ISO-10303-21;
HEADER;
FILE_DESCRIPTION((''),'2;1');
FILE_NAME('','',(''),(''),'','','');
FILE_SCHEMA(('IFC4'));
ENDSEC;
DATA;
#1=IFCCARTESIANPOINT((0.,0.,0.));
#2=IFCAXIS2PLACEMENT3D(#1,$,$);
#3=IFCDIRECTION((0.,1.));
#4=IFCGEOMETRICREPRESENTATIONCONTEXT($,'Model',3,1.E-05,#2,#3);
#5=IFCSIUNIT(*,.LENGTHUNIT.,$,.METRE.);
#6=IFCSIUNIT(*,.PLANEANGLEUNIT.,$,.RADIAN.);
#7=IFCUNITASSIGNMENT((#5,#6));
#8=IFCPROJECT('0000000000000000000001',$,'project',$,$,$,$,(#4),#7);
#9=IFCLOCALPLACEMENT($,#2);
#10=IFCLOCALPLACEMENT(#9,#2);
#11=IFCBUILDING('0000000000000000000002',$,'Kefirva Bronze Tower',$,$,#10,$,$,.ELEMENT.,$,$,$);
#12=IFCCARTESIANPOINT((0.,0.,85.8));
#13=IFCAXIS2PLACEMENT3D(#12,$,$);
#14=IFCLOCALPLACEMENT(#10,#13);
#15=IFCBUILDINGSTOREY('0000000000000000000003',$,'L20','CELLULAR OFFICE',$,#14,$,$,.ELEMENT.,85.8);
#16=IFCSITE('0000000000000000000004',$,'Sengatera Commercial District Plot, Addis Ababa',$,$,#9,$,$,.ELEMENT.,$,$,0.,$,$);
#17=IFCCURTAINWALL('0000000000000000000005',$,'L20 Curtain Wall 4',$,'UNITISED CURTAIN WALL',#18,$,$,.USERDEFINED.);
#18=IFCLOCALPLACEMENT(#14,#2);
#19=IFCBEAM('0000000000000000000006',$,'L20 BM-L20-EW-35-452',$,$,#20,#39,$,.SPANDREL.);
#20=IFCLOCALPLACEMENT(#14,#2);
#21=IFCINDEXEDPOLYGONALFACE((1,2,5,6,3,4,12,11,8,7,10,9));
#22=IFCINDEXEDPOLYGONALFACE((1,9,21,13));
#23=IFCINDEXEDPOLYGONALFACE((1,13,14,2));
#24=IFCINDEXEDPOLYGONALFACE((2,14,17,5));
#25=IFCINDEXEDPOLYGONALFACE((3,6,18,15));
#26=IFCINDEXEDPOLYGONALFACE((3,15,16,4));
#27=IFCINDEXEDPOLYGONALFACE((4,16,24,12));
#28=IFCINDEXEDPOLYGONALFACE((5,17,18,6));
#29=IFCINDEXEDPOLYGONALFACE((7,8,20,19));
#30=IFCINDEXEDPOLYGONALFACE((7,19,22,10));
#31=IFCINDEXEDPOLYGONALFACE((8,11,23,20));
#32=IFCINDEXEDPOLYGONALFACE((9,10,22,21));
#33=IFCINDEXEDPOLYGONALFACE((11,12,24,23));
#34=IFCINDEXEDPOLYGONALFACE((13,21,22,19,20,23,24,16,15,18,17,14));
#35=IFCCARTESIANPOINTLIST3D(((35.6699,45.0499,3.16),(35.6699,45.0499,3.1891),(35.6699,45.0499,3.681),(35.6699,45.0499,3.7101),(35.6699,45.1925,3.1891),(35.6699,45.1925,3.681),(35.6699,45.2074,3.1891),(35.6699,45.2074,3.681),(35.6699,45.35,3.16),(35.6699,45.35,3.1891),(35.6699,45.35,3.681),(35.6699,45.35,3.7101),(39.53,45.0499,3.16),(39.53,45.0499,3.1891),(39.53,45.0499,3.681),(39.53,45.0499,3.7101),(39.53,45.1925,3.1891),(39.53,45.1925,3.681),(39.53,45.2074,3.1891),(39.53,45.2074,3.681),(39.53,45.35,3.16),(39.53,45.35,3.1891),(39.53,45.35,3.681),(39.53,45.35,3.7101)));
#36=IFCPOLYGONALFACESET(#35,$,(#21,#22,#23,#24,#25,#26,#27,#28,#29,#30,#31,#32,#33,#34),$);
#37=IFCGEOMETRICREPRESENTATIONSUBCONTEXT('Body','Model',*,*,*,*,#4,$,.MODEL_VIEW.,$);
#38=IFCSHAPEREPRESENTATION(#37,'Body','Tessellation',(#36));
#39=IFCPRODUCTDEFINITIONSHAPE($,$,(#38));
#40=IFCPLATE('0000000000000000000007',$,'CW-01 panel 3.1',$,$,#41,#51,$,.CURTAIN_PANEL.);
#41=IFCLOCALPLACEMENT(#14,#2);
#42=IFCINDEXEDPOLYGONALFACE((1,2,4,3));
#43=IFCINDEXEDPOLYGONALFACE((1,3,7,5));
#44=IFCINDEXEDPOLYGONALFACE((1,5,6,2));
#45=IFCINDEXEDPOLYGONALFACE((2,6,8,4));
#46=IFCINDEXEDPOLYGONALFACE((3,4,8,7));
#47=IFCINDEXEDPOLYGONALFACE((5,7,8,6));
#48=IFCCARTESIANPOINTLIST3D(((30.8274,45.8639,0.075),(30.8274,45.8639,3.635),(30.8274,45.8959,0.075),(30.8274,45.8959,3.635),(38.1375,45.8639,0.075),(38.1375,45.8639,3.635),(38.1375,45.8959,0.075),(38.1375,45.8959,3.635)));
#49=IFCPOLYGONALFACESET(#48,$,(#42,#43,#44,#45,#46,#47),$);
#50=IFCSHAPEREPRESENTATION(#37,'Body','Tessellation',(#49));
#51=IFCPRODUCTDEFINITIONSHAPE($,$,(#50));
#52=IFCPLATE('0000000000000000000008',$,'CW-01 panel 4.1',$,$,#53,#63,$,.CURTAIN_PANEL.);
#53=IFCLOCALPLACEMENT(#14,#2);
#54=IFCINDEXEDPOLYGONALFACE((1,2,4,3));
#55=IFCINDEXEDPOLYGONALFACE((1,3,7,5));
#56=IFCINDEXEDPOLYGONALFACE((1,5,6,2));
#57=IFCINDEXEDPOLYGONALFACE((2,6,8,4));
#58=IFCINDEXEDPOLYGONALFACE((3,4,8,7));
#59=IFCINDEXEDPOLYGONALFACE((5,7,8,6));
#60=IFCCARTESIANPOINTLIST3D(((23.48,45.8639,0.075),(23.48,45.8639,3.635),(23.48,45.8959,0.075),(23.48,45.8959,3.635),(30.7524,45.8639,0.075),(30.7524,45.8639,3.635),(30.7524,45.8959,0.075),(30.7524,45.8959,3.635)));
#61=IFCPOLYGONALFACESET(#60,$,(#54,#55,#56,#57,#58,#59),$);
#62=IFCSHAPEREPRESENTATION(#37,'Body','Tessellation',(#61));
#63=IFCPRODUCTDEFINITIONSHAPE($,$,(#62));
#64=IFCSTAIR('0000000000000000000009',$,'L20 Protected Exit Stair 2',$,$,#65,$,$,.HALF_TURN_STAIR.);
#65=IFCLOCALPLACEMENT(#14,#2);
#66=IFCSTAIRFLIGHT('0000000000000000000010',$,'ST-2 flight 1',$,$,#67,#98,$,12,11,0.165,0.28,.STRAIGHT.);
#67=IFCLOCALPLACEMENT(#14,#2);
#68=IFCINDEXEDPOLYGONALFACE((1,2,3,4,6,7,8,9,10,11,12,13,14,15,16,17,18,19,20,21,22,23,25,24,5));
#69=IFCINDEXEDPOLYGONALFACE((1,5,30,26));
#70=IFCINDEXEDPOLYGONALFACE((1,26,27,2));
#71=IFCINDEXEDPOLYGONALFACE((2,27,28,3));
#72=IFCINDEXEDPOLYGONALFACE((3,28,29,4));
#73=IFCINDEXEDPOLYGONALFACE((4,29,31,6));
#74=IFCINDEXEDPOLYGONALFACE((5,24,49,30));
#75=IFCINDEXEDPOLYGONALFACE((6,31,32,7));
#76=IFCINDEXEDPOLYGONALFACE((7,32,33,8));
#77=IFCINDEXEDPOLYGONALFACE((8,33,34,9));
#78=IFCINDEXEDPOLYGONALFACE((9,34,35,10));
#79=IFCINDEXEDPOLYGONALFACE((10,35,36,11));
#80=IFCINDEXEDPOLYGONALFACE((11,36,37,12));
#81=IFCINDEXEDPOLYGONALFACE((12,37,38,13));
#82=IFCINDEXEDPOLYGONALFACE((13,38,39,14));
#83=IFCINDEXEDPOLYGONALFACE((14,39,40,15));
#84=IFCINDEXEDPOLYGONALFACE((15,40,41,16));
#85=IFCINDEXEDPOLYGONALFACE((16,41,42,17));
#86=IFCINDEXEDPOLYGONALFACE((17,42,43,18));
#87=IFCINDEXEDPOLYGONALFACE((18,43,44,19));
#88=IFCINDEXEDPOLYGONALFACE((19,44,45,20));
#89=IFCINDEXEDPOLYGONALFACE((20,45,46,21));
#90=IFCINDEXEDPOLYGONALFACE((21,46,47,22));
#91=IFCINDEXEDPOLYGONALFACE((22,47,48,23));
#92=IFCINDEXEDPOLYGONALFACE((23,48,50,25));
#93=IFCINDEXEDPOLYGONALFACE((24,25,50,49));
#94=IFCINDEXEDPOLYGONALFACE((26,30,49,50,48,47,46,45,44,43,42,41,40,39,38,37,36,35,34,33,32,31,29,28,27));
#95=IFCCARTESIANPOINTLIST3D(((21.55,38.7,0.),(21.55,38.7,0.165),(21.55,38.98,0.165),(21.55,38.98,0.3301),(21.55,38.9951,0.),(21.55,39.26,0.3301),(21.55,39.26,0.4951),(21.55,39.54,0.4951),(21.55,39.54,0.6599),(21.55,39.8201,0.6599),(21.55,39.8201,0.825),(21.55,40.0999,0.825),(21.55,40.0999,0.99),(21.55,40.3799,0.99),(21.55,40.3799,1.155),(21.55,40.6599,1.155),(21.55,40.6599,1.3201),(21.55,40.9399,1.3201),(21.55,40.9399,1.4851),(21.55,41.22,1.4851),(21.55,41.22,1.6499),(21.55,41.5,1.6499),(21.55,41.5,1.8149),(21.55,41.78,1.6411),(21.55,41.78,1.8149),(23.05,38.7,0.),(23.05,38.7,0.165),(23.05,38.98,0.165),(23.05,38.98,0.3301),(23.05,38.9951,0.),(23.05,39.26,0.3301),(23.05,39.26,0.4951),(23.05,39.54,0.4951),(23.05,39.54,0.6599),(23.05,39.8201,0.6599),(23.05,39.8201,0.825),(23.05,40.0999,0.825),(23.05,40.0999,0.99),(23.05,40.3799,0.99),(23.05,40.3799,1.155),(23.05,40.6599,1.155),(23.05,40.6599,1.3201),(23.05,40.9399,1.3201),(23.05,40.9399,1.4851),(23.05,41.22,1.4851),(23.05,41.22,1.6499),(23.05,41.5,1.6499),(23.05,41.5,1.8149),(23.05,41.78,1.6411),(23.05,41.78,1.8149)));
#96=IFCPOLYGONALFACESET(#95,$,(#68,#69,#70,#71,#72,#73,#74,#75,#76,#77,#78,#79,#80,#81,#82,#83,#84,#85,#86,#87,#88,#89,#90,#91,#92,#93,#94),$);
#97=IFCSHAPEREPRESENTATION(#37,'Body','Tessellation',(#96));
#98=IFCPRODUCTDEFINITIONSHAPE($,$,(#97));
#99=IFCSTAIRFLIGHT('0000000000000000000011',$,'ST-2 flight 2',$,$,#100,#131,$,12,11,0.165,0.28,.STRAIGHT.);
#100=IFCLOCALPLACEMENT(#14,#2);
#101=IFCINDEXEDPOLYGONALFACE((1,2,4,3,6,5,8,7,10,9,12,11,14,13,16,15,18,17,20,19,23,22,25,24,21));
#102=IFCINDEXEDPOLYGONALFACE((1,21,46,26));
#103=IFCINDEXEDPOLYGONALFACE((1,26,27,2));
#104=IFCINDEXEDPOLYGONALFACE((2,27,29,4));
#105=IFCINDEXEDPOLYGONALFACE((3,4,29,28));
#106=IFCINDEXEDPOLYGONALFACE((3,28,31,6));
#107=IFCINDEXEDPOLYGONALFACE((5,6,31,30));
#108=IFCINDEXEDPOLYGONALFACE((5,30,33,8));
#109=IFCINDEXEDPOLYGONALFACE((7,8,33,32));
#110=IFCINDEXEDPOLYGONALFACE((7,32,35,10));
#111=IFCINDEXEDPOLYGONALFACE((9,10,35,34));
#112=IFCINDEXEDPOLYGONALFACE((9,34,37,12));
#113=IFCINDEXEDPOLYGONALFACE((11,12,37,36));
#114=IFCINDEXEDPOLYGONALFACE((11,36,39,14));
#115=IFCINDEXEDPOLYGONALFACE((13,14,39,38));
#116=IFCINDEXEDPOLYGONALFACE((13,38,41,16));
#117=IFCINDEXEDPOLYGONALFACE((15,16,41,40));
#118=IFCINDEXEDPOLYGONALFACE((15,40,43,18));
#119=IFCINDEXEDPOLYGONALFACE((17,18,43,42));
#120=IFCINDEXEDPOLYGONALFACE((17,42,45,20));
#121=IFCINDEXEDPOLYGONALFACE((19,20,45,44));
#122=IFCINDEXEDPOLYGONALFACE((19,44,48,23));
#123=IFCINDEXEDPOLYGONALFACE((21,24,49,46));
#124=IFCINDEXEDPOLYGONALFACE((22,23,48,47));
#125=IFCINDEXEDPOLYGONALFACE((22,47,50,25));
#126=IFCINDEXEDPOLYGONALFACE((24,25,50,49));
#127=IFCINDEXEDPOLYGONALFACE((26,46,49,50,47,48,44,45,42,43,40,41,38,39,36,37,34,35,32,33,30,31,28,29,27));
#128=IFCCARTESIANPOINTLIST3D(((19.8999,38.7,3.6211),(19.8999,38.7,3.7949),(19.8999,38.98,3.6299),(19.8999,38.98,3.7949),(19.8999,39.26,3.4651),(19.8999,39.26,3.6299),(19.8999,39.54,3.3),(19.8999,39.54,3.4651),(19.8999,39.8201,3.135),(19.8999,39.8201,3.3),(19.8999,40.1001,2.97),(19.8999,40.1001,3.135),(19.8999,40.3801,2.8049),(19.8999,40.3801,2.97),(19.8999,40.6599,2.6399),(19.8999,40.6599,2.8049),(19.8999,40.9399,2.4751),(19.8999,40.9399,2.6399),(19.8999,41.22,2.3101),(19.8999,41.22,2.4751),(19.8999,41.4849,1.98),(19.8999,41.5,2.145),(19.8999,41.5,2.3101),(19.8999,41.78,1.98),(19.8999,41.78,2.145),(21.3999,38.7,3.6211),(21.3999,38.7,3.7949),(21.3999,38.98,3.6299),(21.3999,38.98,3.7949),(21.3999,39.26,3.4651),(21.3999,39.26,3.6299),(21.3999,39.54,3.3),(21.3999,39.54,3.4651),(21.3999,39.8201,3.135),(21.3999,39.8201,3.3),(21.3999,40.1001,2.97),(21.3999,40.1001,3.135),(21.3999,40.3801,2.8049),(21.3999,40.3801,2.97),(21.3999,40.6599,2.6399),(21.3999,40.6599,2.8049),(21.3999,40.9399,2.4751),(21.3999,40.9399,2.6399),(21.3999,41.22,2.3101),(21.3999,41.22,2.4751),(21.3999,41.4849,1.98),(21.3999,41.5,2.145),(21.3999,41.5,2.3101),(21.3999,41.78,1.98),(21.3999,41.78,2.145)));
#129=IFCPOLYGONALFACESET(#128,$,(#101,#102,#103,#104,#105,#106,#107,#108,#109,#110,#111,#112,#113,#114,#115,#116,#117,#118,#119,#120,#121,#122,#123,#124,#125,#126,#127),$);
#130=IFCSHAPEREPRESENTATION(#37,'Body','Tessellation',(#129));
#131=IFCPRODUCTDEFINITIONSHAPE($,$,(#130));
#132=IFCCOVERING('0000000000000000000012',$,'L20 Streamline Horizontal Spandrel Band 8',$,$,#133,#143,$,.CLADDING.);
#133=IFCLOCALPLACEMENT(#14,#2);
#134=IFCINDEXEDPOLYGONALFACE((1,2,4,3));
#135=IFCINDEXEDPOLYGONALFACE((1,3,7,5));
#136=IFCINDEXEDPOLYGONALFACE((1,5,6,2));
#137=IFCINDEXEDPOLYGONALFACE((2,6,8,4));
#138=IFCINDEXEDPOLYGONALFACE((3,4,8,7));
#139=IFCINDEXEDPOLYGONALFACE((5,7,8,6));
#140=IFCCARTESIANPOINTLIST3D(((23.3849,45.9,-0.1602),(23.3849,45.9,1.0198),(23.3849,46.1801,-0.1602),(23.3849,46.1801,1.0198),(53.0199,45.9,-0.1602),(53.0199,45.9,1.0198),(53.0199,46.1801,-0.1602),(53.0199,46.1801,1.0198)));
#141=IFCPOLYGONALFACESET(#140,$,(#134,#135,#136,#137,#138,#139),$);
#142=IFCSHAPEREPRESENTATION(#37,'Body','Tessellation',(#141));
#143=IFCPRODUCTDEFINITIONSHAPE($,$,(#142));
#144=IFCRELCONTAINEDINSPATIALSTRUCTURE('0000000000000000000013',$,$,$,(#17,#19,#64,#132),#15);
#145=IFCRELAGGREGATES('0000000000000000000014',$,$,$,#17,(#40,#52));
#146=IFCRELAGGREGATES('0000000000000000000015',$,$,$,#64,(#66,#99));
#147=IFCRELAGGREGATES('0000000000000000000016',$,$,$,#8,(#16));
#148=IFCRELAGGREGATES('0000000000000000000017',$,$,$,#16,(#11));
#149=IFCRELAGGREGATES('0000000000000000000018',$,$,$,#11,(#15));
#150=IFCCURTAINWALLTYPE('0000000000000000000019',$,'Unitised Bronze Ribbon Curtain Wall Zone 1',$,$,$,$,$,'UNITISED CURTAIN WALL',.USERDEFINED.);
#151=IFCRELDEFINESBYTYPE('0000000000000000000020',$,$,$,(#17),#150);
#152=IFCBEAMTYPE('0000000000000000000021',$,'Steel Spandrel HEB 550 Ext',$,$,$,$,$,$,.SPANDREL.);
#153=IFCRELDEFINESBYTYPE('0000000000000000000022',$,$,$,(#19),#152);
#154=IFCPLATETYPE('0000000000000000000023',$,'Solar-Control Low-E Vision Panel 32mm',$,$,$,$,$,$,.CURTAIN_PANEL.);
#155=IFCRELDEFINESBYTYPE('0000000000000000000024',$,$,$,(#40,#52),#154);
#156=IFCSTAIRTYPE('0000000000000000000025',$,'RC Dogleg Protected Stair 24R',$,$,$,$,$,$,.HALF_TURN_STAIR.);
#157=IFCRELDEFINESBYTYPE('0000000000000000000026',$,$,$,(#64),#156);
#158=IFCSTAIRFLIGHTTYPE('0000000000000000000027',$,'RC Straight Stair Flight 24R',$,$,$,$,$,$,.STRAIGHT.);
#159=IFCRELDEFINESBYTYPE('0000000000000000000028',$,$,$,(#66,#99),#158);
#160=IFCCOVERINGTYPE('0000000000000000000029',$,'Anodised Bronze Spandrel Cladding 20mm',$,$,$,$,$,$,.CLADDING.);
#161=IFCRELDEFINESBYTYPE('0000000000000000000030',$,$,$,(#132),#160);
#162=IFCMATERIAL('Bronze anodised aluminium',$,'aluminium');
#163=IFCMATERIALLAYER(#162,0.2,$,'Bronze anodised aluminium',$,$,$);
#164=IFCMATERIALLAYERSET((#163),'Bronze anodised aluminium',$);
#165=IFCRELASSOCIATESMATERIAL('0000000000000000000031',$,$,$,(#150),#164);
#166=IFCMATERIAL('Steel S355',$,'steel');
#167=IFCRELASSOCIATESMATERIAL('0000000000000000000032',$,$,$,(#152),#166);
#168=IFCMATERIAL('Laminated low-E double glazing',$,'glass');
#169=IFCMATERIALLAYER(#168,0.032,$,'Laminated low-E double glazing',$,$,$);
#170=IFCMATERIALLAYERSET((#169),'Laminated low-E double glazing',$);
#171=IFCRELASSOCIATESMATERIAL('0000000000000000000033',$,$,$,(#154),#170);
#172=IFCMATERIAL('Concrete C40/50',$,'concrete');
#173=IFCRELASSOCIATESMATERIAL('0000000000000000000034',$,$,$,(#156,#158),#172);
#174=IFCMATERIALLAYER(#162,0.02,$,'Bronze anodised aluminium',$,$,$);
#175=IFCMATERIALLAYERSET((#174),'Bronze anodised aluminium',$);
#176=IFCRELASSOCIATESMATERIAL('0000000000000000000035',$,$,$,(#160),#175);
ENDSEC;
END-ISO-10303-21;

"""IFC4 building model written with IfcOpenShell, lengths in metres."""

from ifc_helpers import new_model, si_unit, direction, frame, origin, origin_2d, place, context, subcontext, project, spatial, polyline, rectangle, i_section, outline, extrude, material, layer, layer_set, material_profile, profile_set, type_object, element, aggregate, save


model = new_model("IFC4")

# Units and contexts
model_context = context("Model", 3, precision=1e-05, world=origin(), true_north=direction((0.0, 1.0)))
body_context = subcontext(model_context, "Body", "Model", "MODEL_VIEW")
ifc_project = project(units=[si_unit("LENGTHUNIT", "METRE"), si_unit("PLANEANGLEUNIT", "RADIAN")], contexts=[model_context])

# Site, building, storey
site_placement = place(None, origin())
site = spatial("IfcSite", under=ifc_project, at=site_placement, Name="Sengatera Commercial District Plot, Addis Ababa", CompositionType="ELEMENT", RefElevation=0.0)
building_placement = place(site_placement, origin())
building = spatial("IfcBuilding", under=site, at=building_placement, Name="Kefirva Bronze Tower", CompositionType="ELEMENT")
storey_placement = place(building_placement, frame((0.0, 0.0, 85.8)))
storey = spatial("IfcBuildingStorey", under=building, at=storey_placement, Name="L20", Description="CELLULAR OFFICE", CompositionType="ELEMENT", Elevation=85.8)

# Curtain wall
ifc_material_1 = material(Name="Bronze anodised aluminium", Category="aluminium")
ifc_layer_1 = layer(ifc_material_1, 0.2, Name="Bronze anodised aluminium")
ifc_layer_set_1 = layer_set([ifc_layer_1], Name="Bronze anodised aluminium")
curtain_wall_type = type_object("IfcCurtainWallType", Name="Unitised Bronze Ribbon Curtain Wall Zone 1", ElementType="UNITISED CURTAIN WALL", PredefinedType="USERDEFINED", material=ifc_layer_set_1)
curtain_wall_placement = place(storey_placement, origin())
curtain_wall = element("IfcCurtainWall", 1, at=curtain_wall_placement, inside=storey, type_object=curtain_wall_type, Name="L20 Curtain Wall 4", ObjectType="UNITISED CURTAIN WALL", PredefinedType="USERDEFINED")

# Beam
ifc_material_2 = material(Name="Steel S355", Category="steel")
ifc_material_profile_1 = material_profile(ifc_material_2, i_section(OverallWidth=0.3, OverallDepth=0.55, WebThickness=0.0149, FlangeThickness=0.0291, at=origin_2d()), Name="HEB 550")
ifc_profile_set_1 = profile_set([ifc_material_profile_1], Name="Steel S355")
beam_type_1 = type_object("IfcBeamType", Name="Steel Spandrel HEB 550 Ext", PredefinedType="SPANDREL", material=ifc_profile_set_1)
beam_1_placement = place(storey_placement, frame((35.6699, 45.2, 3.4351), z_axis=(1.0, 0.0, 0.0), x_axis=(0.0, 1.0, 0.0)))
element("IfcBeam", 2, at=beam_1_placement, inside=storey, type_object=beam_type_1, Name="L20 BM-L20-EW-35-452", PredefinedType="SPANDREL", context=body_context, shape_type="SweptSolid", body=[
    extrude(i_section(OverallWidth=0.3, OverallDepth=0.55, WebThickness=0.0149, FlangeThickness=0.0291, at=origin_2d()), origin(), (0.0, 0.0, 1.0), 3.8601),
])

# Plates
ifc_material_3 = material(Name="Laminated low-E double glazing", Category="glass")
ifc_layer_2 = layer(ifc_material_3, 0.032, Name="Laminated low-E double glazing")
ifc_layer_set_2 = layer_set([ifc_layer_2], Name="Laminated low-E double glazing")
plate_type = type_object("IfcPlateType", Name="Solar-Control Low-E Vision Panel 32mm", PredefinedType="CURTAIN_PANEL", material=ifc_layer_set_2)
plate_1_placement = place(storey_placement, frame((34.4824, 45.8799, 0.075), z_axis=(0.0, 0.0, 1.0), x_axis=(-1.0, 0.0, 0.0)))
plate_1 = element("IfcPlate", 3, at=plate_1_placement, type_object=plate_type, Name="CW-01 panel 3.1", PredefinedType="CURTAIN_PANEL", context=body_context, shape_type="SweptSolid", body=[
    extrude(rectangle(XDim=7.3101, YDim=0.032, at=origin_2d()), origin(), (0.0, 0.0, 1.0), 3.5601),
])
plate_2_placement = place(storey_placement, frame((27.1162, 45.8799, 0.075), z_axis=(0.0, 0.0, 1.0), x_axis=(-1.0, 0.0, 0.0)))
plate_2 = element("IfcPlate", 4, at=plate_2_placement, type_object=plate_type, Name="CW-01 panel 4.1", PredefinedType="CURTAIN_PANEL", context=body_context, shape_type="SweptSolid", body=[
    extrude(rectangle(XDim=7.2725, YDim=0.032, at=origin_2d()), origin(), (0.0, 0.0, 1.0), 3.5601),
])
aggregate(curtain_wall, [plate_1, plate_2])

# Stair, stair flights
ifc_material_4 = material(Name="Concrete C40/50", Category="concrete")
stair_type = type_object("IfcStairType", Name="RC Dogleg Protected Stair 24R", PredefinedType="HALF_TURN_STAIR", material=ifc_material_4)
stair_placement = place(storey_placement, origin())
stair = element("IfcStair", 5, at=stair_placement, inside=storey, type_object=stair_type, Name="L20 Protected Exit Stair 2", PredefinedType="HALF_TURN_STAIR")
stair_flight_type = type_object("IfcStairFlightType", Name="RC Straight Stair Flight 24R", PredefinedType="STRAIGHT", material=ifc_material_4)
stair_flight_1_placement = place(storey_placement, frame((22.3, 38.7, 0.0), z_axis=(0.0, 0.0, 1.0), x_axis=(0.0, 1.0, 0.0)))
stair_flight_1 = element("IfcStairFlight", 6, at=stair_flight_1_placement, type_object=stair_flight_type, Name="ST-2 flight 1", NumberOfRisers=12, NumberOfTreads=11, PredefinedType="STRAIGHT", RiserHeight=0.165, TreadLength=0.28, context=body_context, shape_type="SweptSolid", body=[
    extrude(outline(polyline([(0.0, 0.0), (0.0, 0.165), (0.28, 0.165), (0.28, 0.3301), (0.5601, 0.3301), (0.5601, 0.4951), (0.8401, 0.4951), (0.8401, 0.6599), (1.1201, 0.6599), (1.1201, 0.825), (1.3999, 0.825), (1.3999, 0.99), (1.6799, 0.99), (1.6799, 1.155), (1.96, 1.155), (1.96, 1.3201), (2.24, 1.3201), (2.24, 1.4851), (2.52, 1.4851), (2.52, 1.6499), (2.8, 1.6499), (2.8, 1.8149), (3.0801, 1.8149), (3.0801, 1.98), (3.0801, 1.6411), (0.2952, 0.0), (0.0, 0.0)])), frame((0.0, 0.75, 0.0), z_axis=(0.0, -1.0, 0.0), x_axis=(1.0, 0.0, 0.0)), (0.0, 0.0, 1.0), 1.5),
])
stair_flight_2_placement = place(storey_placement, frame((20.6499, 41.78, 1.98), z_axis=(0.0, 0.0, 1.0), x_axis=(0.0, -1.0, 0.0)))
stair_flight_2 = element("IfcStairFlight", 7, at=stair_flight_2_placement, type_object=stair_flight_type, Name="ST-2 flight 2", NumberOfRisers=12, NumberOfTreads=11, PredefinedType="STRAIGHT", RiserHeight=0.165, TreadLength=0.28, context=body_context, shape_type="SweptSolid", body=[
    extrude(outline(polyline([(0.0, 0.0), (0.0, 0.165), (0.28, 0.165), (0.28, 0.3301), (0.5601, 0.3301), (0.5601, 0.4951), (0.8401, 0.4951), (0.8401, 0.6599), (1.1201, 0.6599), (1.1201, 0.825), (1.3999, 0.825), (1.3999, 0.99), (1.6799, 0.99), (1.6799, 1.155), (1.96, 1.155), (1.96, 1.3201), (2.24, 1.3201), (2.24, 1.4851), (2.52, 1.4851), (2.52, 1.6499), (2.8, 1.6499), (2.8, 1.8149), (3.0801, 1.8149), (3.0801, 1.98), (3.0801, 1.6411), (0.2952, 0.0), (0.0, 0.0)])), frame((0.0, 0.75, 0.0), z_axis=(0.0, -1.0, 0.0), x_axis=(1.0, 0.0, 0.0)), (0.0, 0.0, 1.0), 1.5),
])
aggregate(stair, [stair_flight_1, stair_flight_2])

# Covering
ifc_layer_3 = layer(ifc_material_1, 0.02, Name="Bronze anodised aluminium")
ifc_layer_set_3 = layer_set([ifc_layer_3], Name="Bronze anodised aluminium")
covering_type_1 = type_object("IfcCoveringType", Name="Anodised Bronze Spandrel Cladding 20mm", PredefinedType="CLADDING", material=ifc_layer_set_3)
covering_1_placement = place(storey_placement, frame((38.2024, 46.04, -0.1602), z_axis=(0.0, 0.0, 1.0), x_axis=(-1.0, 0.0, 0.0)))
element("IfcCovering", 8, at=covering_1_placement, inside=storey, type_object=covering_type_1, Name="L20 Streamline Horizontal Spandrel Band 8", PredefinedType="CLADDING", context=body_context, shape_type="SweptSolid", body=[
    extrude(rectangle(XDim=29.635, YDim=0.28, at=origin_2d()), origin(), (0.0, 0.0, 1.0), 1.1799),
])

save(model, "model.ifc")
